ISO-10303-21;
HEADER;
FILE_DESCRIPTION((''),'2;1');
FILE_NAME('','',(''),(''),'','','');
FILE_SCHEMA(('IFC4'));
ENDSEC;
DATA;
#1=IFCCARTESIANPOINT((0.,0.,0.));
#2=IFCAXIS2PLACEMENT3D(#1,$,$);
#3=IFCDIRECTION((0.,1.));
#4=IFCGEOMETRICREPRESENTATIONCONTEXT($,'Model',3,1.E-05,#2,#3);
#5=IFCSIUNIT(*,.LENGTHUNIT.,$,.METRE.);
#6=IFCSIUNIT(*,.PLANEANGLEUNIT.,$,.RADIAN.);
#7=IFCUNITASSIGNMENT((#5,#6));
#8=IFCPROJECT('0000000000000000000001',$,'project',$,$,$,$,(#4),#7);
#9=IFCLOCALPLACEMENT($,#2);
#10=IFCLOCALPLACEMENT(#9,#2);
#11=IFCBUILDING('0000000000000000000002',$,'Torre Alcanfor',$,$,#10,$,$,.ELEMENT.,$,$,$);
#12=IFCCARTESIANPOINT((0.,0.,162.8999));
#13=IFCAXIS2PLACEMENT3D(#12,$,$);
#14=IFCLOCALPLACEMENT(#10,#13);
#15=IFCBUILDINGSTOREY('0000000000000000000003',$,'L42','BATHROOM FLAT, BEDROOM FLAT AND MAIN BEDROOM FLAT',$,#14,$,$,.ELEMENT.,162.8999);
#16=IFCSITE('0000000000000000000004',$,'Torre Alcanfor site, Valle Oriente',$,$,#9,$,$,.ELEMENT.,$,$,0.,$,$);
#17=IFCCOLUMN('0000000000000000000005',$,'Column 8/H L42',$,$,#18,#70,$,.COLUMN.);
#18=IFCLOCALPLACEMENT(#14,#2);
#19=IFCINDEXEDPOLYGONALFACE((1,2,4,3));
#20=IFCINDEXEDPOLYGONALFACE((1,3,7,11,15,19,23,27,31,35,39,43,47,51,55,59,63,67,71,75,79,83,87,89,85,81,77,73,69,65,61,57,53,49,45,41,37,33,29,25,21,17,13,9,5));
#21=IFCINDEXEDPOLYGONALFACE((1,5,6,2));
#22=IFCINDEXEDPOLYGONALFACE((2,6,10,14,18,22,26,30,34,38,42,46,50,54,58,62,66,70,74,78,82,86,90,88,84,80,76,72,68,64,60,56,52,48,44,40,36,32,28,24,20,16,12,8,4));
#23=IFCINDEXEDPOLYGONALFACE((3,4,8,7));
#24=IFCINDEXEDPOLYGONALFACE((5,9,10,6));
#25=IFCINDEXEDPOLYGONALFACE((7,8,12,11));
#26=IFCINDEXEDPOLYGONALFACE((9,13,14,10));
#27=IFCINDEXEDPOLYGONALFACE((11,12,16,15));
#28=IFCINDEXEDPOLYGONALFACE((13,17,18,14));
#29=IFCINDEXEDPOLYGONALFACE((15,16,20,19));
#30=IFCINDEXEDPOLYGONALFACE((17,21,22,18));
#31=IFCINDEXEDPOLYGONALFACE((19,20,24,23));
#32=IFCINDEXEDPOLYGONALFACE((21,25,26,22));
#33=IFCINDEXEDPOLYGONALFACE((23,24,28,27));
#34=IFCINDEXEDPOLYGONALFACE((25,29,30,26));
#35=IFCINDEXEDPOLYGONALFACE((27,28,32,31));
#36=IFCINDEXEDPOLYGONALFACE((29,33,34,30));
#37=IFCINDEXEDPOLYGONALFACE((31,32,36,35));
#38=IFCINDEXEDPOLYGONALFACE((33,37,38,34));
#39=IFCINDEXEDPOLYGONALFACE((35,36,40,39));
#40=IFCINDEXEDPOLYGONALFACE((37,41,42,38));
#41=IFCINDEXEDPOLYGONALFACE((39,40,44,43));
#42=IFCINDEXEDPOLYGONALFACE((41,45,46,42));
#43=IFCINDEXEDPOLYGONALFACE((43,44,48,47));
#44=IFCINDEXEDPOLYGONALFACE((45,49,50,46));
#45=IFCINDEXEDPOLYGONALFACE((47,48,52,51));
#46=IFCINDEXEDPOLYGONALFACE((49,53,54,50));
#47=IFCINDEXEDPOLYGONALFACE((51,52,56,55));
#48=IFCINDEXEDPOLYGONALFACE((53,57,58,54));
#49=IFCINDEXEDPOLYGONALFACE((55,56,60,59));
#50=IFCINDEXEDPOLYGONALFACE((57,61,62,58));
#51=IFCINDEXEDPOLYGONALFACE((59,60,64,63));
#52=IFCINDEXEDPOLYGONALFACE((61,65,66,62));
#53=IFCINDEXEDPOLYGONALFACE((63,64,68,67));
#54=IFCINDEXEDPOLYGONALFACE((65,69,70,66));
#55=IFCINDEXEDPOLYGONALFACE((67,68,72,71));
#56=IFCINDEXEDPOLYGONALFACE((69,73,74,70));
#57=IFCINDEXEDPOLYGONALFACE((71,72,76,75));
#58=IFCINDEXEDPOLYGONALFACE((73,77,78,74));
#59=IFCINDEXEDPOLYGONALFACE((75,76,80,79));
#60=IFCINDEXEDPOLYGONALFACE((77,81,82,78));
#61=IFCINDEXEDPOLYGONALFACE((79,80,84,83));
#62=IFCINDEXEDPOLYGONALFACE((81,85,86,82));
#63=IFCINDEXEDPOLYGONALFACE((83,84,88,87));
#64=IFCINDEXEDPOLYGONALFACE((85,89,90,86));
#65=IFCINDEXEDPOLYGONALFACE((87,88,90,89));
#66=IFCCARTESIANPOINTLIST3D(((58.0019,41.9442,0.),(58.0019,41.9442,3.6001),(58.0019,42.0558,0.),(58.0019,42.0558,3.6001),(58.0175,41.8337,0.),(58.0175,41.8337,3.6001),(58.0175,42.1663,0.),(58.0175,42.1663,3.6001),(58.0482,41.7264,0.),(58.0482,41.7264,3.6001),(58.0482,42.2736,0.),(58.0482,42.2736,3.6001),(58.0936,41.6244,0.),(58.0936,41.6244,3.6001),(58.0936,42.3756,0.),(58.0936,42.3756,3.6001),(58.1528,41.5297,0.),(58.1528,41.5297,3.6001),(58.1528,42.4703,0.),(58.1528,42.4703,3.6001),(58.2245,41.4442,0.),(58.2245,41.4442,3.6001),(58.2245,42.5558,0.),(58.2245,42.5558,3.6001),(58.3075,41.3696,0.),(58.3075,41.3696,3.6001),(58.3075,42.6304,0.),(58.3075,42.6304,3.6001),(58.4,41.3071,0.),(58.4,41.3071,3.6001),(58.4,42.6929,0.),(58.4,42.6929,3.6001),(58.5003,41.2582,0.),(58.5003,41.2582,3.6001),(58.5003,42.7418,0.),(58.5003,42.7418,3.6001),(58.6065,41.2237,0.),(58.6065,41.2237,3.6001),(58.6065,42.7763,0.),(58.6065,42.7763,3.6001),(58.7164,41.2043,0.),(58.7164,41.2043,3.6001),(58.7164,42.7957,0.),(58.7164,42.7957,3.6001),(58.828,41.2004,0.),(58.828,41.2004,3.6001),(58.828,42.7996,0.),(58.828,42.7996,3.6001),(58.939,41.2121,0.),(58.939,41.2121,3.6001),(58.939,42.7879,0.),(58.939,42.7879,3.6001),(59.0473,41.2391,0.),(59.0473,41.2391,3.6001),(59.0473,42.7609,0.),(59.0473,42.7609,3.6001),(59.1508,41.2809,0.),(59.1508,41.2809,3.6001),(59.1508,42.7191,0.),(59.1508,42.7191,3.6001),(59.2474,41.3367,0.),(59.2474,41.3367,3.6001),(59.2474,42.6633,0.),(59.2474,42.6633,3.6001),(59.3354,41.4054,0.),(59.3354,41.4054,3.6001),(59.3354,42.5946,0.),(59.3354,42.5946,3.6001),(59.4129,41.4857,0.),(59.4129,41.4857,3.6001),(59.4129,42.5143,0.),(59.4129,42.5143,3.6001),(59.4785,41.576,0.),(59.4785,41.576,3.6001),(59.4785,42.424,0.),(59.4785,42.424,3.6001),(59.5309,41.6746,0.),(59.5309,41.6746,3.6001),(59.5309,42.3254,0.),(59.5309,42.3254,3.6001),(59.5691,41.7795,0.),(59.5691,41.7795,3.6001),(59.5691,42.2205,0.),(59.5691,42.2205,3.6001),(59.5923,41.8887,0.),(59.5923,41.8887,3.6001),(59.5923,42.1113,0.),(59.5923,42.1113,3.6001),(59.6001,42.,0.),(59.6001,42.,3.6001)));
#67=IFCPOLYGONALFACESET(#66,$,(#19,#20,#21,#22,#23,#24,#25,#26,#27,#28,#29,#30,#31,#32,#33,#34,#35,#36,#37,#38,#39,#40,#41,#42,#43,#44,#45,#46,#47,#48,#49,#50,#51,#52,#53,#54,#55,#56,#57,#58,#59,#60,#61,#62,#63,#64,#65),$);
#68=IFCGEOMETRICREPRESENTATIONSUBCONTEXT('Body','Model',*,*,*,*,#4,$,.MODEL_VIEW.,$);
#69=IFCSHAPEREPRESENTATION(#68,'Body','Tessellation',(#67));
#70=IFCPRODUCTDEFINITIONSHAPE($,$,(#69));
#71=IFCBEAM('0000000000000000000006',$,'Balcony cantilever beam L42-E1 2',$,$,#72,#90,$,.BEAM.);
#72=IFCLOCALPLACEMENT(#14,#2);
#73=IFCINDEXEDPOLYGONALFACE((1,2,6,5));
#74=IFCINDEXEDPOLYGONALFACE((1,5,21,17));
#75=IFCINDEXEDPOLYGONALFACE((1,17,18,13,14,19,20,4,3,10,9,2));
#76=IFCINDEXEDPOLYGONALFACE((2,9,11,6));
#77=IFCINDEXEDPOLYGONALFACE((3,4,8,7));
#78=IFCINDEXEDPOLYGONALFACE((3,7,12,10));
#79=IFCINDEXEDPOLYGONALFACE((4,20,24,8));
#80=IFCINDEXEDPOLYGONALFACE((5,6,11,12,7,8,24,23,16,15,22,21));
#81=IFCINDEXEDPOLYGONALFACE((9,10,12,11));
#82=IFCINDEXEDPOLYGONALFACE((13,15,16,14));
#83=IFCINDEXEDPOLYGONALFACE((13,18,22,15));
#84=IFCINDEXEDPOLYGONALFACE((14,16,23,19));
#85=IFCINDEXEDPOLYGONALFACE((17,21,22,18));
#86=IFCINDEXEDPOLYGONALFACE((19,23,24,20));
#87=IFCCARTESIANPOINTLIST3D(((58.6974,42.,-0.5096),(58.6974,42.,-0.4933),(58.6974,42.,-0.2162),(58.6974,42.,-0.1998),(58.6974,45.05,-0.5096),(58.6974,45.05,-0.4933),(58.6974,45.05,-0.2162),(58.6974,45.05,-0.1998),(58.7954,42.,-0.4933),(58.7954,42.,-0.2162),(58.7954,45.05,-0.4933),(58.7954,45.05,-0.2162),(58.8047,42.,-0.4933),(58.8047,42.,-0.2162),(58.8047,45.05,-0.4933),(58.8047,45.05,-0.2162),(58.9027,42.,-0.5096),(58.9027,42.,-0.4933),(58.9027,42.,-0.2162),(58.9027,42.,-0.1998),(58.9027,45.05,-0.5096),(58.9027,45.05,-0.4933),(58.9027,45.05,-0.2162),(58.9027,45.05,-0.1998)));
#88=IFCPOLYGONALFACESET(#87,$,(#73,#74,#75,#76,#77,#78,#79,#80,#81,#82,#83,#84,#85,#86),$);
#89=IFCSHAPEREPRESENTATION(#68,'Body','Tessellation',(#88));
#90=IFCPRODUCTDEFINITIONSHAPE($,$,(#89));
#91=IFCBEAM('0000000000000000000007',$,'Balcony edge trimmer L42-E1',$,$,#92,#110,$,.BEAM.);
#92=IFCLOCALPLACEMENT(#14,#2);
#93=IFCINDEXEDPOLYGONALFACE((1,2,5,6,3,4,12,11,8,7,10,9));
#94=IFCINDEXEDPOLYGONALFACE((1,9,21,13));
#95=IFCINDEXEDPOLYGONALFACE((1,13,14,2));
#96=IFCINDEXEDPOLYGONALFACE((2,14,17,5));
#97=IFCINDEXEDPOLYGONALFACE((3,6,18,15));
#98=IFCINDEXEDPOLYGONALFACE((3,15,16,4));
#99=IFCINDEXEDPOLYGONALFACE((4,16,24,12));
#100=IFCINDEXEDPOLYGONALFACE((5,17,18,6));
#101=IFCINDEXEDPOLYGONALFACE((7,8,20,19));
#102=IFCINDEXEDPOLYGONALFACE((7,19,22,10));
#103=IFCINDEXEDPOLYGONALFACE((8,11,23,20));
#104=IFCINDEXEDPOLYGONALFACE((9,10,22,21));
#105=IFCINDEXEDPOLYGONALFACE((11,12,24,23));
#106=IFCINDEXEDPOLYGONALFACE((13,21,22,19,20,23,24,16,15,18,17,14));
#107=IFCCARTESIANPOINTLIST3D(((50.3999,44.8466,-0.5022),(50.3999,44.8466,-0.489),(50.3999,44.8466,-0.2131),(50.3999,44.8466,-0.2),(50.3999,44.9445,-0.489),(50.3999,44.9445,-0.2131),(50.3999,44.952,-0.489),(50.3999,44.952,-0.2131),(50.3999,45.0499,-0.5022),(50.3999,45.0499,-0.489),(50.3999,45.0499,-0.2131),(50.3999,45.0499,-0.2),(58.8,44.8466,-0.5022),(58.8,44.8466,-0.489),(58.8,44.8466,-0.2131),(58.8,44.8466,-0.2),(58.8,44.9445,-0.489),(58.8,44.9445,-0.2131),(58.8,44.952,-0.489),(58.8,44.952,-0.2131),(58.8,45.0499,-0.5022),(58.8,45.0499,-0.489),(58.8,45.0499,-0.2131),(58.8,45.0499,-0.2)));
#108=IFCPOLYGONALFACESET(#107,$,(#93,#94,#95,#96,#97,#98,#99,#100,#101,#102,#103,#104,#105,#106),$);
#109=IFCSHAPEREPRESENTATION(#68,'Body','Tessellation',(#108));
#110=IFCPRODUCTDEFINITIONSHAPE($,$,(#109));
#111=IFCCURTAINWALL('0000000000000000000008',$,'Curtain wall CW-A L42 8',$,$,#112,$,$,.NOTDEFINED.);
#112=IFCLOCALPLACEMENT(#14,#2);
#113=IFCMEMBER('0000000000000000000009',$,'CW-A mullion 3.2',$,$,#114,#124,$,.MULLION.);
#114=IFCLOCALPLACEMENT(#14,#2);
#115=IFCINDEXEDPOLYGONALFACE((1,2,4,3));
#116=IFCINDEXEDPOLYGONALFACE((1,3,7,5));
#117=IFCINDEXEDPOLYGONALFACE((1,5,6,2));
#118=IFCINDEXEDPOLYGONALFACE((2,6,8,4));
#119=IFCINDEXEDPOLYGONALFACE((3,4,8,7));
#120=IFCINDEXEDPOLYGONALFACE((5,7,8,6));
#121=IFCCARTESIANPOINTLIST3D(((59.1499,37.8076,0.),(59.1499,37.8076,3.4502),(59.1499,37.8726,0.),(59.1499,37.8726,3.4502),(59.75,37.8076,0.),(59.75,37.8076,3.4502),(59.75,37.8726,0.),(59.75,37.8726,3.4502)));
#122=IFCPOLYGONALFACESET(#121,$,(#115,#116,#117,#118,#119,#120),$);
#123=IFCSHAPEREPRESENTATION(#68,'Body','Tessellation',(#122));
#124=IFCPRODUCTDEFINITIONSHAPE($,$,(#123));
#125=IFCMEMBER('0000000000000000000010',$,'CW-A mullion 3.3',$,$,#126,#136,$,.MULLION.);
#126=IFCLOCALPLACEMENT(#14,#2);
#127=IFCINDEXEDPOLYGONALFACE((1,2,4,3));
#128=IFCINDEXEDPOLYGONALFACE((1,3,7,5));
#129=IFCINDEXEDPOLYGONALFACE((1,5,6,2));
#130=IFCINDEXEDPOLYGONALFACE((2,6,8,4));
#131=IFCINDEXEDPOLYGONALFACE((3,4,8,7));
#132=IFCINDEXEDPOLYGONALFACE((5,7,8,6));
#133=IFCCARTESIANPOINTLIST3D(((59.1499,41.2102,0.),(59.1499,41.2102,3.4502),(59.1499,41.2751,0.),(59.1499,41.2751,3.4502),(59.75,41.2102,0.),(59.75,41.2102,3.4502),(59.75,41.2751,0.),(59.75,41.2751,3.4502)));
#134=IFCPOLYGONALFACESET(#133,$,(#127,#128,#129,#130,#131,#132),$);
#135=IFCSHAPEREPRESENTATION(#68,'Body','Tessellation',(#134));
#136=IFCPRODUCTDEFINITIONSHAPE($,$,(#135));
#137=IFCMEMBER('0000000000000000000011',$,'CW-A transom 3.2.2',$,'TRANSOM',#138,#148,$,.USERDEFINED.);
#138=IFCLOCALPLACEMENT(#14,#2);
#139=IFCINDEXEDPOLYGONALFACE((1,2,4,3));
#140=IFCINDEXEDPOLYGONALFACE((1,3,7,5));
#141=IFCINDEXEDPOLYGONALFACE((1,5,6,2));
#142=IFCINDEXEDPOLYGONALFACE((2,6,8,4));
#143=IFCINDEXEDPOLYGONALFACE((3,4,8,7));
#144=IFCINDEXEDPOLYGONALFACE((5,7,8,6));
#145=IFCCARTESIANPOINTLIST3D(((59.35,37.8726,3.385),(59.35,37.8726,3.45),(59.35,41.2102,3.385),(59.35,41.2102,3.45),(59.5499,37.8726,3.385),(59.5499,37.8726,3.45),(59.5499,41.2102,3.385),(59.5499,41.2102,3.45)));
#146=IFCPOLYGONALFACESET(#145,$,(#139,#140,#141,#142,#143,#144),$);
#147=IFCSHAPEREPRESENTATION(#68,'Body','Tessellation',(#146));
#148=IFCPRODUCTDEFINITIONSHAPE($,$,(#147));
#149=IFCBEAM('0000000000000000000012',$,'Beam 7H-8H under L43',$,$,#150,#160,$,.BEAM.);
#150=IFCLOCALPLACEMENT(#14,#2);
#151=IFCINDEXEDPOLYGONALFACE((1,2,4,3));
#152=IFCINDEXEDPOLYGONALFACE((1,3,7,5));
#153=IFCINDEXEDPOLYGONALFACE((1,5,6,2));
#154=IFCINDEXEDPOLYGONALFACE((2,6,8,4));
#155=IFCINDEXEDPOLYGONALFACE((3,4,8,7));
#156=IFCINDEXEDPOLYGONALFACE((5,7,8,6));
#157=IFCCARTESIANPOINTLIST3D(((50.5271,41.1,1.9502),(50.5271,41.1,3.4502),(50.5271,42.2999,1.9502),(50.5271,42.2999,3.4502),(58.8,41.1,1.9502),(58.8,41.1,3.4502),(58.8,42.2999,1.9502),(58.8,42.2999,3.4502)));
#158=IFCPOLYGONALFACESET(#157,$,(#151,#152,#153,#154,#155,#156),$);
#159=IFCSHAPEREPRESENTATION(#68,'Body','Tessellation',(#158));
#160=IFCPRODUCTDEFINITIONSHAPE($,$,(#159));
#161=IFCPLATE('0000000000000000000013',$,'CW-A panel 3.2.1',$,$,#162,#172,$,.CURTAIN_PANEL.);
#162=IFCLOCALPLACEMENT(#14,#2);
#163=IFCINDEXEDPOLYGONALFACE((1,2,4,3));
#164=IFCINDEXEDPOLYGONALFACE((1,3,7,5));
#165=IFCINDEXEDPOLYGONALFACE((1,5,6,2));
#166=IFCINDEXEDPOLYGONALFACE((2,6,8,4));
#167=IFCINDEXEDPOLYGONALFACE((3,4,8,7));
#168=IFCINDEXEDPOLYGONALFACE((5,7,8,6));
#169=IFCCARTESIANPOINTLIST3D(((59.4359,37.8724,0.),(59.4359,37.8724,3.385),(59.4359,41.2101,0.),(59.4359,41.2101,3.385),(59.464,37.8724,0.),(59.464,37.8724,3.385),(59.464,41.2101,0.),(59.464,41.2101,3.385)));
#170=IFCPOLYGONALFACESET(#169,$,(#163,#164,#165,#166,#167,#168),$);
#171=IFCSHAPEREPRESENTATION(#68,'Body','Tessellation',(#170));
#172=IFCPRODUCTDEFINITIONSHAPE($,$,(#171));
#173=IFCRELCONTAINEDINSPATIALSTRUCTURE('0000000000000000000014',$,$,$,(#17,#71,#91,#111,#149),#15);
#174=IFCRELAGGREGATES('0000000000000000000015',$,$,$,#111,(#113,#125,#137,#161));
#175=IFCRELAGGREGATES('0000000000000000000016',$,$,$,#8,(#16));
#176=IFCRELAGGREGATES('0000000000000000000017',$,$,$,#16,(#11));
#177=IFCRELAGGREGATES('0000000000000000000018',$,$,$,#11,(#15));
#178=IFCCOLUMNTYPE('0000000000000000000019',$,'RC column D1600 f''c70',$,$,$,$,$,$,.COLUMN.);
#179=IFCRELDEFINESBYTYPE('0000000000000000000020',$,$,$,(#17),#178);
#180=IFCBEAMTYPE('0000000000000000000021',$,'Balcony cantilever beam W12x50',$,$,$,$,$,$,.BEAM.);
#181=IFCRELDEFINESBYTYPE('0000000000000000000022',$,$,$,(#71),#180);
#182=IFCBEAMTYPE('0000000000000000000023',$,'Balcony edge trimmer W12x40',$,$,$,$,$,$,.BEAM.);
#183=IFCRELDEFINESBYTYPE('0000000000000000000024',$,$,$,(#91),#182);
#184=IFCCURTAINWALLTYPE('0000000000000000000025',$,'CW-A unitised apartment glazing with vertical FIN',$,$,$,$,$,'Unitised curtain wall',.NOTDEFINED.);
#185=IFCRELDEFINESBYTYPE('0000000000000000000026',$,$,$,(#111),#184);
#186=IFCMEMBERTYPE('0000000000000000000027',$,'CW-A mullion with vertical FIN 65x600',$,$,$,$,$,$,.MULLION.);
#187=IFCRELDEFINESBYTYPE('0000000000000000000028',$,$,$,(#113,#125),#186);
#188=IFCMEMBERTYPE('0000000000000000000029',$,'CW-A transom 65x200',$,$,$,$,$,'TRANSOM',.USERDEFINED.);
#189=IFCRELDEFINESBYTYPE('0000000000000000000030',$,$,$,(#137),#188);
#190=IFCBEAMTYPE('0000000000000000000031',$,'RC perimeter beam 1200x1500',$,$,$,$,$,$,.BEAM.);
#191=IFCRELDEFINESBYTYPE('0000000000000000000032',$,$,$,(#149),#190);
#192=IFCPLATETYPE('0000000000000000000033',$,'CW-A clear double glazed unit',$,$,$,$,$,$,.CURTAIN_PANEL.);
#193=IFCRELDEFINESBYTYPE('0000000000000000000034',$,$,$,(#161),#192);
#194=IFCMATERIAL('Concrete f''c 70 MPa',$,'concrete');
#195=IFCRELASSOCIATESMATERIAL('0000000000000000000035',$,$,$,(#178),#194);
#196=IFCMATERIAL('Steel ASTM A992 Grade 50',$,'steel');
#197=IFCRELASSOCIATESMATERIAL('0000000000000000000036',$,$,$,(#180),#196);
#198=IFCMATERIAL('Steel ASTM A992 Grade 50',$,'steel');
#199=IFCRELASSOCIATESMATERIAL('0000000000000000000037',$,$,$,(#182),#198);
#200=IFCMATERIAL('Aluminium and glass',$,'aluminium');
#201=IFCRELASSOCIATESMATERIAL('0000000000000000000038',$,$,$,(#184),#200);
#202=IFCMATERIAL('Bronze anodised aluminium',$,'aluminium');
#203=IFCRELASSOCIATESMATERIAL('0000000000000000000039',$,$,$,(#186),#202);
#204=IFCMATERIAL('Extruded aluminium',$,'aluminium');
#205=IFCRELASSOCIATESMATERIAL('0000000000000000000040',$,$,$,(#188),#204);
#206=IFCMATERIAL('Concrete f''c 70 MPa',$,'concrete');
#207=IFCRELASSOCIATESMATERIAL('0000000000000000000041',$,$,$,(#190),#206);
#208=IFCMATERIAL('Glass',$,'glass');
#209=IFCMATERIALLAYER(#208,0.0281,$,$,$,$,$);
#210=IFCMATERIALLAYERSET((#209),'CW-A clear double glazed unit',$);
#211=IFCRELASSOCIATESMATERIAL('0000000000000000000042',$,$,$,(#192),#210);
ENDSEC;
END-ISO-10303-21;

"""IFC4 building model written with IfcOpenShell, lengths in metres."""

from ifc_helpers import new_model, si_unit, direction, frame, origin, origin_2d, place, context, subcontext, project, spatial, rectangle, circle, i_section, extrude, material, layer, layer_set, material_profile, profile_set, type_object, element, aggregate, save


model = new_model("IFC4")

# Units and contexts
model_context = context("Model", 3, precision=1e-05, world=origin(), true_north=direction((0.0, 1.0)))
body_context = subcontext(model_context, "Body", "Model", "MODEL_VIEW")
ifc_project = project(units=[si_unit("LENGTHUNIT", "METRE"), si_unit("PLANEANGLEUNIT", "RADIAN")], contexts=[model_context])

# Site, building, storey
site_placement = place(None, origin())
site = spatial("IfcSite", under=ifc_project, at=site_placement, Name="Torre Alcanfor site, Valle Oriente", CompositionType="ELEMENT", RefElevation=0.0)
building_placement = place(site_placement, origin())
building = spatial("IfcBuilding", under=site, at=building_placement, Name="Torre Alcanfor", CompositionType="ELEMENT")
storey_placement = place(building_placement, frame((0.0, 0.0, 162.8999)))
storey = spatial("IfcBuildingStorey", under=building, at=storey_placement, Name="L42", Description="BATHROOM FLAT, BEDROOM FLAT AND MAIN BEDROOM FLAT", CompositionType="ELEMENT", Elevation=162.8999)

# Column
ifc_material_1 = material(Name="Concrete f'c 70 MPa", Category="concrete")
ifc_material_profile_1 = material_profile(ifc_material_1, circle(Radius=0.8, at=origin_2d()), Name="D1600")
ifc_profile_set_1 = profile_set([ifc_material_profile_1], Name="Concrete f'c 70 MPa")
column_type = type_object("IfcColumnType", Name="RC column D1600 f'c70", PredefinedType="COLUMN", material=ifc_profile_set_1)
column_placement = place(storey_placement, frame((58.8, 42.0, 0.0), z_axis=(0.0, 0.0, 1.0), x_axis=(1.0, 0.0, 0.0)))
element("IfcColumn", 1, at=column_placement, inside=storey, type_object=column_type, Name="Column 8/H L42", PredefinedType="COLUMN", context=body_context, shape_type="SweptSolid", body=[
    extrude(circle(Radius=0.8, at=origin_2d()), origin(), (0.0, 0.0, 1.0), 3.6001),
])

# Beams
ifc_material_2 = material(Name="Steel ASTM A992 Grade 50", Category="steel")
ifc_material_profile_2 = material_profile(ifc_material_2, i_section(OverallWidth=0.2053, OverallDepth=0.3098, WebThickness=0.0093, FlangeThickness=0.0164, at=origin_2d()), Name="W12x50")
ifc_profile_set_2 = profile_set([ifc_material_profile_2], Name="Steel ASTM A992 Grade 50")
beam_type_1 = type_object("IfcBeamType", Name="Balcony cantilever beam W12x50", PredefinedType="BEAM", material=ifc_profile_set_2)
beam_1_placement = place(storey_placement, frame((58.8, 42.0, -0.3547), z_axis=(0.0, 1.0, 0.0), x_axis=(-1.0, 0.0, 0.0)))
element("IfcBeam", 2, at=beam_1_placement, inside=storey, type_object=beam_type_1, Name="Balcony cantilever beam L42-E1 2", PredefinedType="BEAM", context=body_context, shape_type="SweptSolid", body=[
    extrude(i_section(OverallWidth=0.2053, OverallDepth=0.3098, WebThickness=0.0093, FlangeThickness=0.0164, at=origin_2d()), origin(), (0.0, 0.0, 1.0), 3.05),
])
ifc_material_3 = material(Name="Steel ASTM A992 Grade 50", Category="steel")
ifc_material_profile_3 = material_profile(ifc_material_3, i_section(OverallWidth=0.2034, OverallDepth=0.3022, WebThickness=0.0076, FlangeThickness=0.0132, at=origin_2d()), Name="W12x40")
ifc_profile_set_3 = profile_set([ifc_material_profile_3], Name="Steel ASTM A992 Grade 50")
beam_type_2 = type_object("IfcBeamType", Name="Balcony edge trimmer W12x40", PredefinedType="BEAM", material=ifc_profile_set_3)
beam_2_placement = place(storey_placement, frame((50.3999, 44.9482, -0.3511), z_axis=(1.0, 0.0, 0.0), x_axis=(0.0, 1.0, 0.0)))
element("IfcBeam", 3, at=beam_2_placement, inside=storey, type_object=beam_type_2, Name="Balcony edge trimmer L42-E1", PredefinedType="BEAM", context=body_context, shape_type="SweptSolid", body=[
    extrude(i_section(OverallWidth=0.2034, OverallDepth=0.3022, WebThickness=0.0076, FlangeThickness=0.0132, at=origin_2d()), origin(), (0.0, 0.0, 1.0), 8.4001),
])

# Curtain wall, members
ifc_material_4 = material(Name="Aluminium and glass", Category="aluminium")
curtain_wall_type = type_object("IfcCurtainWallType", Name="CW-A unitised apartment glazing with vertical FIN", ElementType="Unitised curtain wall", PredefinedType="NOTDEFINED", material=ifc_material_4)
curtain_wall_placement = place(storey_placement, origin())
curtain_wall = element("IfcCurtainWall", 4, at=curtain_wall_placement, inside=storey, type_object=curtain_wall_type, Name="Curtain wall CW-A L42 8", PredefinedType="NOTDEFINED")
ifc_material_5 = material(Name="Bronze anodised aluminium", Category="aluminium")
ifc_material_profile_4 = material_profile(ifc_material_5, rectangle(XDim=0.6001, YDim=0.0649, at=origin_2d()), Name="CW-A mullion 65x600")
ifc_profile_set_4 = profile_set([ifc_material_profile_4], Name="Bronze anodised aluminium")
member_type_1 = type_object("IfcMemberType", Name="CW-A mullion with vertical FIN 65x600", PredefinedType="MULLION", material=ifc_profile_set_4)
member_1_placement = place(storey_placement, frame((59.45, 37.8401, 0.0), z_axis=(0.0, 0.0, 1.0), x_axis=(-1.0, 0.0, 0.0)))
member_1 = element("IfcMember", 5, at=member_1_placement, type_object=member_type_1, Name="CW-A mullion 3.2", PredefinedType="MULLION", context=body_context, shape_type="SweptSolid", body=[
    extrude(rectangle(XDim=0.6001, YDim=0.0649, at=origin_2d()), origin(), (0.0, 0.0, 1.0), 3.4502),
])
member_2_placement = place(storey_placement, frame((59.45, 41.2427, 0.0), z_axis=(0.0, 0.0, 1.0), x_axis=(-1.0, 0.0, 0.0)))
member_2 = element("IfcMember", 6, at=member_2_placement, type_object=member_type_1, Name="CW-A mullion 3.3", PredefinedType="MULLION", context=body_context, shape_type="SweptSolid", body=[
    extrude(rectangle(XDim=0.6001, YDim=0.0649, at=origin_2d()), origin(), (0.0, 0.0, 1.0), 3.4502),
])
ifc_material_6 = material(Name="Extruded aluminium", Category="aluminium")
ifc_material_profile_5 = material_profile(ifc_material_6, rectangle(XDim=0.2, YDim=0.0649, at=origin_2d()), Name="CW-A transom 200x65")
ifc_profile_set_5 = profile_set([ifc_material_profile_5], Name="Extruded aluminium")
member_type_2 = type_object("IfcMemberType", Name="CW-A transom 65x200", ElementType="TRANSOM", PredefinedType="USERDEFINED", material=ifc_profile_set_5)
member_3_placement = place(storey_placement, frame((59.45, 37.8726, 3.4175), z_axis=(0.0, 1.0, 0.0), x_axis=(-1.0, 0.0, 0.0)))
member_3 = element("IfcMember", 7, at=member_3_placement, type_object=member_type_2, Name="CW-A transom 3.2.2", ObjectType="TRANSOM", PredefinedType="USERDEFINED", context=body_context, shape_type="SweptSolid", body=[
    extrude(rectangle(XDim=0.2, YDim=0.0649, at=origin_2d()), origin(), (0.0, 0.0, 1.0), 3.3376),
])

# Beam
ifc_material_7 = material(Name="Concrete f'c 70 MPa", Category="concrete")
ifc_material_profile_6 = material_profile(ifc_material_7, rectangle(XDim=1.2, YDim=1.5, at=origin_2d()), Name="1200x1500")
ifc_profile_set_6 = profile_set([ifc_material_profile_6], Name="Concrete f'c 70 MPa")
beam_type_3 = type_object("IfcBeamType", Name="RC perimeter beam 1200x1500", PredefinedType="BEAM", material=ifc_profile_set_6)
beam_3_placement = place(storey_placement, frame((50.5271, 41.7, 2.7002), z_axis=(1.0, 0.0, 0.0), x_axis=(0.0, 1.0, 0.0)))
element("IfcBeam", 8, at=beam_3_placement, inside=storey, type_object=beam_type_3, Name="Beam 7H-8H under L43", PredefinedType="BEAM", context=body_context, shape_type="SweptSolid", body=[
    extrude(rectangle(XDim=1.2, YDim=1.5, at=origin_2d()), origin(), (0.0, 0.0, 1.0), 8.2729),
])

# Plate
ifc_material_8 = material(Name="Glass", Category="glass")
ifc_layer_1 = layer(ifc_material_8, 0.0281)
ifc_layer_set_1 = layer_set([ifc_layer_1], Name="CW-A clear double glazed unit")
plate_type = type_object("IfcPlateType", Name="CW-A clear double glazed unit", PredefinedType="CURTAIN_PANEL", material=ifc_layer_set_1)
plate_placement = place(storey_placement, frame((59.45, 39.5413, 0.0), z_axis=(0.0, 0.0, 1.0), x_axis=(0.0, 1.0, 0.0)))
plate = element("IfcPlate", 9, at=plate_placement, type_object=plate_type, Name="CW-A panel 3.2.1", PredefinedType="CURTAIN_PANEL", context=body_context, shape_type="SweptSolid", body=[
    extrude(rectangle(XDim=3.3376, YDim=0.0281, at=origin_2d()), origin(), (0.0, 0.0, 1.0), 3.385),
])
aggregate(curtain_wall, [member_1, member_2, member_3, plate])

save(model, "model.ifc")
